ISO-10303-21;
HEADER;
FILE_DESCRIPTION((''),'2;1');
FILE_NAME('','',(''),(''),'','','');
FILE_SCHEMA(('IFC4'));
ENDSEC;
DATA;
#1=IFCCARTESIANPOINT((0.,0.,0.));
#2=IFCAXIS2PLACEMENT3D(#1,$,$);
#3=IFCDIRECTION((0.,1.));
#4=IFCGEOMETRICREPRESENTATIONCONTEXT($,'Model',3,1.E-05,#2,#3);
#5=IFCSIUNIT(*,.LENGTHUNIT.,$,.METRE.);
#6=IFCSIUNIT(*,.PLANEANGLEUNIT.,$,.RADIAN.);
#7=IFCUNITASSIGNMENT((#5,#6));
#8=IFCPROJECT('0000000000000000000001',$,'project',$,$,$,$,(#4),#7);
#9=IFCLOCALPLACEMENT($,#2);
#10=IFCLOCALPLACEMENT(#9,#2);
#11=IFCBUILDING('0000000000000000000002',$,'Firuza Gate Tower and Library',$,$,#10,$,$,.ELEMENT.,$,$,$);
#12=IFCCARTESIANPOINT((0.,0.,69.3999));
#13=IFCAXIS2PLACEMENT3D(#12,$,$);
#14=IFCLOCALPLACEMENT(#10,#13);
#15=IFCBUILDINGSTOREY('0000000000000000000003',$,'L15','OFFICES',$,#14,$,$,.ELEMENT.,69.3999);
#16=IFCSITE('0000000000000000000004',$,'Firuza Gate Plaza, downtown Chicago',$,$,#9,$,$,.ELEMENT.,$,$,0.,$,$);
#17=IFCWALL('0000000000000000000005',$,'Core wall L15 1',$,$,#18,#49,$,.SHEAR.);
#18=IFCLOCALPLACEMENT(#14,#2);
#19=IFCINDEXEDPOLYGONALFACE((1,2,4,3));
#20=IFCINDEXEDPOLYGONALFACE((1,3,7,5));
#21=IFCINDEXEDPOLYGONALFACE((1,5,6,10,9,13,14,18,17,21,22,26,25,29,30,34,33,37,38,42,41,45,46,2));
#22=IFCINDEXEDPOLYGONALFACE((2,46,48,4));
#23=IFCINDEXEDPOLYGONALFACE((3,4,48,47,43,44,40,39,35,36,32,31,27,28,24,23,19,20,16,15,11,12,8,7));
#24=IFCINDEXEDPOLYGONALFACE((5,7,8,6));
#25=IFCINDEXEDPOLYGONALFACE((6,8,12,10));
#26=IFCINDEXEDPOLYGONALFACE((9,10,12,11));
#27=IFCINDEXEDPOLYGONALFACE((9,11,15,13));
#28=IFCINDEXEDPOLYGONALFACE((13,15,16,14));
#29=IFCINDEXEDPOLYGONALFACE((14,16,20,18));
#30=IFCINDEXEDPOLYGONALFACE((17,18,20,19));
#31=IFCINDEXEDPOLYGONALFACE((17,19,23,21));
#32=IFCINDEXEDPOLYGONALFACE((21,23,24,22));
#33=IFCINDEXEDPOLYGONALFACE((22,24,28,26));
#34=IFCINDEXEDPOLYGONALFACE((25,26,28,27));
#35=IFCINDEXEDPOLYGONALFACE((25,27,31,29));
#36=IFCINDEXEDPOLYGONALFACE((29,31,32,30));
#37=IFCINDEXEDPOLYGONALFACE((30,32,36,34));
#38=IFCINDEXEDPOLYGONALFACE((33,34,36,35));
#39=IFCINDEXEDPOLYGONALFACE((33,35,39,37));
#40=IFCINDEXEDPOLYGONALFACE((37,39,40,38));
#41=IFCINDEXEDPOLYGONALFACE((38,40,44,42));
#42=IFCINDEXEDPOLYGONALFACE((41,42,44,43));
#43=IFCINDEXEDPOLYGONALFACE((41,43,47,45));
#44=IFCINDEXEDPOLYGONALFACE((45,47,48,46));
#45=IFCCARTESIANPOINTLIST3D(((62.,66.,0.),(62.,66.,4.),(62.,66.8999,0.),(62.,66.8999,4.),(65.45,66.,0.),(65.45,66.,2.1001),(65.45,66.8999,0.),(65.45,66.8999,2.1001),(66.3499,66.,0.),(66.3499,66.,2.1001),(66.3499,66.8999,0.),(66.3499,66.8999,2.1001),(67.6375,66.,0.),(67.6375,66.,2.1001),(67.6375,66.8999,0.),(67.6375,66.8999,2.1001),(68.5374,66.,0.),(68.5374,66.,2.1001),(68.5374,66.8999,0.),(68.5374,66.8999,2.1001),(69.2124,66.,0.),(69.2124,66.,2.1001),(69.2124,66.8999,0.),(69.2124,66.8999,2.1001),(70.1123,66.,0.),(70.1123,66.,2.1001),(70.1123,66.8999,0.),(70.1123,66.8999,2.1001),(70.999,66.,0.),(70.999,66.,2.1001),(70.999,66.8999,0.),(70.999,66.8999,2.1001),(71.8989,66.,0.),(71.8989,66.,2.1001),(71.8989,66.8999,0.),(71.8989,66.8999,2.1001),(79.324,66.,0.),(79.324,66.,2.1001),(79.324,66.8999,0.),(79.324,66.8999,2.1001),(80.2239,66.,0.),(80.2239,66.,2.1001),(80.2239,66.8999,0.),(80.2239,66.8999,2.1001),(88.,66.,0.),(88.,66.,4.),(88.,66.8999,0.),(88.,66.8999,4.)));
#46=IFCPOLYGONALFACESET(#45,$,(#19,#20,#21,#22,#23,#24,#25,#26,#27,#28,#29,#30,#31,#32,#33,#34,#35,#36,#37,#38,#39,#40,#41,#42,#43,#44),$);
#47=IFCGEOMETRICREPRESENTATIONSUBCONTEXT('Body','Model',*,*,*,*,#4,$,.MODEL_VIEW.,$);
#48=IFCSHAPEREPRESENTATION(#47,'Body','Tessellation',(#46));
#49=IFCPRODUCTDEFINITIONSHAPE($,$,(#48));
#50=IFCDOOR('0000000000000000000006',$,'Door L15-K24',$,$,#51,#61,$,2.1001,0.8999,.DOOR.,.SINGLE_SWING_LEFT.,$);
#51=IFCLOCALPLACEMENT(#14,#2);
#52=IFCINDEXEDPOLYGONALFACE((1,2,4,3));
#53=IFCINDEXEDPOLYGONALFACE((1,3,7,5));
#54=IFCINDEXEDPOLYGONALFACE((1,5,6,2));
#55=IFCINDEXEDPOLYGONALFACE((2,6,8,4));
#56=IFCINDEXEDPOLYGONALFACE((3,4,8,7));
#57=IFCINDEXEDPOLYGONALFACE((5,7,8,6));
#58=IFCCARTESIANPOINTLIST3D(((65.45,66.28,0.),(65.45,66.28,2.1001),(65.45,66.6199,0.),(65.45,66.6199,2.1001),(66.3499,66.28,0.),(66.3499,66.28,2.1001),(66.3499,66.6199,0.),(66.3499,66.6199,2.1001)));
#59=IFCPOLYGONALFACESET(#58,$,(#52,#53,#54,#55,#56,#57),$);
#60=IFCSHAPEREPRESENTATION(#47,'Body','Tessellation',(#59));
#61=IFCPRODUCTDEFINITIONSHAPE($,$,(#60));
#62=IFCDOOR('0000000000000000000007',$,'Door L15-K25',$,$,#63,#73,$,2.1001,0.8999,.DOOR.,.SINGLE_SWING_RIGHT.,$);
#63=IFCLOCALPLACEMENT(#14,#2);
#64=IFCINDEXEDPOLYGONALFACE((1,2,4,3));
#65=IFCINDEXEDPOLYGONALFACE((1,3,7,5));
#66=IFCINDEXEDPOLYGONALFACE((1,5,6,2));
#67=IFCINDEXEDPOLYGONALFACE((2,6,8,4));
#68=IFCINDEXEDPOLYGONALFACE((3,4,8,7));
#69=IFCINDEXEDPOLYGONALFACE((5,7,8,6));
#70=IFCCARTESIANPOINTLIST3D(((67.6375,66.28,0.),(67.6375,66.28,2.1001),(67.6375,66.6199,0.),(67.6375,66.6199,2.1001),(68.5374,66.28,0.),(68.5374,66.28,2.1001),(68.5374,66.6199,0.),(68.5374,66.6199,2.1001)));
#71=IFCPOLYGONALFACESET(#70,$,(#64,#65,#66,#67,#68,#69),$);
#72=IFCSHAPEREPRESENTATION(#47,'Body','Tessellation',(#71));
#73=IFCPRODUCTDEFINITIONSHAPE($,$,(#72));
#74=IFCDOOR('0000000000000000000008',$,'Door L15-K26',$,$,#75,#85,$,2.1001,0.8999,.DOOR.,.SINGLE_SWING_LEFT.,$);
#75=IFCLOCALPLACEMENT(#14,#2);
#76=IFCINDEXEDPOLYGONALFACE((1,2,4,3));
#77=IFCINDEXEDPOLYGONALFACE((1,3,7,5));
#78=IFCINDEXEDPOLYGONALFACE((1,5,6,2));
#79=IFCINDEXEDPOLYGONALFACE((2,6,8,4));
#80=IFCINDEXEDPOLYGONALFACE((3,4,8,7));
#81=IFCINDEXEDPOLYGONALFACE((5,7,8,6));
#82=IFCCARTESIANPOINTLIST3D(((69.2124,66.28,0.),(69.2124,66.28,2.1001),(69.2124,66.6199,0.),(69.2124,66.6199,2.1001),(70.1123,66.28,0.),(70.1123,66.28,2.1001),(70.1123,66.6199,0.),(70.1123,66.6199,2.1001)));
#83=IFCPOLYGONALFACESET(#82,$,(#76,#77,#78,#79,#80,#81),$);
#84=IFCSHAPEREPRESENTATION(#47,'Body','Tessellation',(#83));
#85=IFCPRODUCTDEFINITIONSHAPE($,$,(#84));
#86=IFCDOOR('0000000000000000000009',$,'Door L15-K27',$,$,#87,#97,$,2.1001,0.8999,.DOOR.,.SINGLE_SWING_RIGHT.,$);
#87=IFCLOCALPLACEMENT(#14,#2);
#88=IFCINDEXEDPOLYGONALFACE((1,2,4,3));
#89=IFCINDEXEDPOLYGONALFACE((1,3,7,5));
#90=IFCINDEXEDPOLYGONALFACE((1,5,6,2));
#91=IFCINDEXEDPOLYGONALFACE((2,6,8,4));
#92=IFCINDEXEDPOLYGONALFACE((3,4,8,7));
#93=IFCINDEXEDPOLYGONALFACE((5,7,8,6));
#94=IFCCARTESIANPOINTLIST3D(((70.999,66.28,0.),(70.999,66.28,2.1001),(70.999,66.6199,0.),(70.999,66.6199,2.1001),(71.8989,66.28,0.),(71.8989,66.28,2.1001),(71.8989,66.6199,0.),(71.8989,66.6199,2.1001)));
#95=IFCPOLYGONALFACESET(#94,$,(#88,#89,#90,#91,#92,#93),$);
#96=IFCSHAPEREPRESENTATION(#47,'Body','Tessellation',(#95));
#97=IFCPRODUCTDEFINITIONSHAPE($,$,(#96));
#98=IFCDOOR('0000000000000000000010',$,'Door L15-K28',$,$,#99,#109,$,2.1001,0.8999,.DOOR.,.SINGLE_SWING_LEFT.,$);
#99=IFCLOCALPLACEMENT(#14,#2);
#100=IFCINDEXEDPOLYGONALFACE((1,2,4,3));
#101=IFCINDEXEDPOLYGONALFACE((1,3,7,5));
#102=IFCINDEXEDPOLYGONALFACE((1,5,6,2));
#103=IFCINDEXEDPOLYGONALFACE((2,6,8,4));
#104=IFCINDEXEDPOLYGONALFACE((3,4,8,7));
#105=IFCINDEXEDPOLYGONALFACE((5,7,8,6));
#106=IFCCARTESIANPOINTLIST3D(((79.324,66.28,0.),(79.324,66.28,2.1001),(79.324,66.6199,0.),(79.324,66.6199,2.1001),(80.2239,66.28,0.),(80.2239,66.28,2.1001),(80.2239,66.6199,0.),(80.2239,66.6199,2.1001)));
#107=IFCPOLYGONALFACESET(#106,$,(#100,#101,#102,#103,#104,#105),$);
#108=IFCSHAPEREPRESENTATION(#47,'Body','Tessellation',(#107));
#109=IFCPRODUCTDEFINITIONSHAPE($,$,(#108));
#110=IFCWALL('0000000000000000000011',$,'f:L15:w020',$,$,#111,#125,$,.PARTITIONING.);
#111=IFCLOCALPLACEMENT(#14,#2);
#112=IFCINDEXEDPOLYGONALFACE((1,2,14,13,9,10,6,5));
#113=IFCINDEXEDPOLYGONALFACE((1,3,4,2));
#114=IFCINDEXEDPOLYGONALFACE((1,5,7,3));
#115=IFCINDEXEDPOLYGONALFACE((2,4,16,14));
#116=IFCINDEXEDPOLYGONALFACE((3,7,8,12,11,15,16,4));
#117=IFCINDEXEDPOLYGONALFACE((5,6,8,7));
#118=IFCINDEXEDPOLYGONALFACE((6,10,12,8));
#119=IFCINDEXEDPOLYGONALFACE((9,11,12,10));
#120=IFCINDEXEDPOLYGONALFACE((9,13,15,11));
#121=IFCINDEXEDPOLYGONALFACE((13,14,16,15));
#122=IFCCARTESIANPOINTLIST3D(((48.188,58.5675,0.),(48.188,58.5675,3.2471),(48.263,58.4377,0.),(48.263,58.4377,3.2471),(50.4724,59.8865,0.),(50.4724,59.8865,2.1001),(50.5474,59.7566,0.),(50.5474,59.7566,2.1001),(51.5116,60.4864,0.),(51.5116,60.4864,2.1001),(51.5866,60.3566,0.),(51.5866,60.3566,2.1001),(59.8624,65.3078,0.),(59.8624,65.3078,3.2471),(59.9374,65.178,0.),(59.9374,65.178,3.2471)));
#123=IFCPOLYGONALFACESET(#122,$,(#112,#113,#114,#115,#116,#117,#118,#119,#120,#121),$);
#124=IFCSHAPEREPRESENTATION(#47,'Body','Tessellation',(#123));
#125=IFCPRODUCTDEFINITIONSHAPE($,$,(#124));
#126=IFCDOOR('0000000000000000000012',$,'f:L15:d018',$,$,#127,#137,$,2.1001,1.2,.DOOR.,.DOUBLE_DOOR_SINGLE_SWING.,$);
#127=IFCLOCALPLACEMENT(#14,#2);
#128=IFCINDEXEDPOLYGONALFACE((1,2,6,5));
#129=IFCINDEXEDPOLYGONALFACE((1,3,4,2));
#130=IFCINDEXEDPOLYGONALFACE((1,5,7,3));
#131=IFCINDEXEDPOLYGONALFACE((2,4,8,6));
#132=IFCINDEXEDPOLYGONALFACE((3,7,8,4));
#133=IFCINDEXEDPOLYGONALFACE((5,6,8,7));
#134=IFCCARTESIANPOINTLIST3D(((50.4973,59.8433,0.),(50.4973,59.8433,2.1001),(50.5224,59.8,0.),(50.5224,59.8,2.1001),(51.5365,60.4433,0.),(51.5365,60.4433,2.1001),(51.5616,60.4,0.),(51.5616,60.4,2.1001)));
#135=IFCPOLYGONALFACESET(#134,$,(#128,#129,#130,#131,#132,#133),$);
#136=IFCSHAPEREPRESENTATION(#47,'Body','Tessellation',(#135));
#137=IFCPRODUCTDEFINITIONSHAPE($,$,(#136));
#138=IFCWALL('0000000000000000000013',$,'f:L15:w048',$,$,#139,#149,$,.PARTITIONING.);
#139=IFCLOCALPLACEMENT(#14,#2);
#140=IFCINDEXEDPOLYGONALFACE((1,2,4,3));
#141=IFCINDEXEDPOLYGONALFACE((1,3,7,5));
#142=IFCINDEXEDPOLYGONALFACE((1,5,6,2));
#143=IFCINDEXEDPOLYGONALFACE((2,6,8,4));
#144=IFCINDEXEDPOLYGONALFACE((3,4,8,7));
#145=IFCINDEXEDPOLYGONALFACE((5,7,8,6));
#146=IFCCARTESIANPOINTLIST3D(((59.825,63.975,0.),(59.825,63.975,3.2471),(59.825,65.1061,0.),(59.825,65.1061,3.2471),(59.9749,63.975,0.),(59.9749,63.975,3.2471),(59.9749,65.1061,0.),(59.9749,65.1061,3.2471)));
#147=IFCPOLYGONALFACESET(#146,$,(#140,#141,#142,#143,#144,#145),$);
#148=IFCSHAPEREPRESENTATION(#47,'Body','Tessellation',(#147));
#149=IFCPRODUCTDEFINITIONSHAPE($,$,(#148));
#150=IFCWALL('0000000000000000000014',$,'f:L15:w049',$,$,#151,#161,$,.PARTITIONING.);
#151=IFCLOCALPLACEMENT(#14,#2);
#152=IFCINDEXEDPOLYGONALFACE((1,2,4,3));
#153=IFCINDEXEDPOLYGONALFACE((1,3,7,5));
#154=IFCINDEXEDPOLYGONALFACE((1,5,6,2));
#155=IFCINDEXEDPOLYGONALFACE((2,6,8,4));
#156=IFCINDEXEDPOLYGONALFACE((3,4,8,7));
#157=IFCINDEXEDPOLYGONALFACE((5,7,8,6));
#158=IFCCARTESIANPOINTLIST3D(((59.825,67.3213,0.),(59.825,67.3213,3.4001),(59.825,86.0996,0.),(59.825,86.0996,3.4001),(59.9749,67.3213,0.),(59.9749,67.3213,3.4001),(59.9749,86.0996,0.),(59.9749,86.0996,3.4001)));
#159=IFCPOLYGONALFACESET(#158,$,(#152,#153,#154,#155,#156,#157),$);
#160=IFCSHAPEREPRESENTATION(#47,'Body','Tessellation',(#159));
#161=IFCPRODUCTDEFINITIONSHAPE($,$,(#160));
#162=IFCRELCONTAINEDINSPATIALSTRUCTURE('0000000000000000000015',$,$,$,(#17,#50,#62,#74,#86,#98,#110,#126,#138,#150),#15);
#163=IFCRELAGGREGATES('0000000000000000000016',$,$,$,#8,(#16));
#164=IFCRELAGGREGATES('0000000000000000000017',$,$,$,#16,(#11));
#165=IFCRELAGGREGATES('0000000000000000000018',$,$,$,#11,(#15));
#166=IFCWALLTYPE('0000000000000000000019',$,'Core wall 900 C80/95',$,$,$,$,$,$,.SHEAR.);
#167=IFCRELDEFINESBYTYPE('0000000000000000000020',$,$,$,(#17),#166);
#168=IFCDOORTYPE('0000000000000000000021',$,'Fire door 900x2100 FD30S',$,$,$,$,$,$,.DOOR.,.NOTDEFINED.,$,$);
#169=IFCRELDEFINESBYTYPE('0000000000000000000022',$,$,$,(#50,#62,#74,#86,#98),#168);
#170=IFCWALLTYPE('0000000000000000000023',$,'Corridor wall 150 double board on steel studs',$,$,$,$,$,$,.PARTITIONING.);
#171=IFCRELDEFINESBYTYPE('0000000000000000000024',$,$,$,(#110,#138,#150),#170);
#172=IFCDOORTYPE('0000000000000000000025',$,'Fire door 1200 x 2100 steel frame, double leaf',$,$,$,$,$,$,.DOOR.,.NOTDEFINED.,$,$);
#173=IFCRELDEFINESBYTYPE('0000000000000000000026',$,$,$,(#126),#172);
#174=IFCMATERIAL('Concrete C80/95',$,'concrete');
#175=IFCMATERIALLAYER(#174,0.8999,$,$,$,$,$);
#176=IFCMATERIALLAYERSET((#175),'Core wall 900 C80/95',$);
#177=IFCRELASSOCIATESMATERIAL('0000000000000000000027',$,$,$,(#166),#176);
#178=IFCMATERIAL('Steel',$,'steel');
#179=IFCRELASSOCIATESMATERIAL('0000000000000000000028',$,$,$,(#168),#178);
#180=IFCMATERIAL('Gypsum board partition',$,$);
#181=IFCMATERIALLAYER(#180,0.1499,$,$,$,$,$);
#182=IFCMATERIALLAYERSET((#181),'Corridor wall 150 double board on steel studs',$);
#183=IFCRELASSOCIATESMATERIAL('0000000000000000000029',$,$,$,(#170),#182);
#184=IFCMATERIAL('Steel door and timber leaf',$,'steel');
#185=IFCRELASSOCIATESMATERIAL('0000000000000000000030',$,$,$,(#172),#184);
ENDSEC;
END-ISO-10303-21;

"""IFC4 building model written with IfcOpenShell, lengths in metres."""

from ifc_helpers import new_model, si_unit, direction, frame, frame_2d, origin, place, context, subcontext, project, spatial, rectangle, extrude, material, layer, layer_set, type_object, element, fill, save


model = new_model("IFC4")

# Units and contexts
model_context = context("Model", 3, precision=1e-05, world=origin(), true_north=direction((0.0, 1.0)))
body_context = subcontext(model_context, "Body", "Model", "MODEL_VIEW")
ifc_project = project(units=[si_unit("LENGTHUNIT", "METRE"), si_unit("PLANEANGLEUNIT", "RADIAN")], contexts=[model_context])

# Site, building, storey
site_placement = place(None, origin())
site = spatial("IfcSite", under=ifc_project, at=site_placement, Name="Firuza Gate Plaza, downtown Chicago", CompositionType="ELEMENT", RefElevation=0.0)
building_placement = place(site_placement, origin())
building = spatial("IfcBuilding", under=site, at=building_placement, Name="Firuza Gate Tower and Library", CompositionType="ELEMENT")
storey_placement = place(building_placement, frame((0.0, 0.0, 69.3999)))
storey = spatial("IfcBuildingStorey", under=building, at=storey_placement, Name="L15", Description="OFFICES", CompositionType="ELEMENT", Elevation=69.3999)

# Wall, openings, doors
ifc_material_1 = material(Name="Concrete C80/95", Category="concrete")
ifc_layer_1 = layer(ifc_material_1, 0.8999)
ifc_layer_set_1 = layer_set([ifc_layer_1], Name="Core wall 900 C80/95")
wall_type_1 = type_object("IfcWallType", Name="Core wall 900 C80/95", PredefinedType="SHEAR", material=ifc_layer_set_1)
wall_1_placement = place(storey_placement, frame((62.0, 66.45, 0.0), z_axis=(0.0, 0.0, 1.0), x_axis=(1.0, 0.0, 0.0)))
wall_1 = element("IfcWall", 1, at=wall_1_placement, inside=storey, type_object=wall_type_1, Name="Core wall L15 1", PredefinedType="SHEAR", context=body_context, shape_type="SweptSolid", body=[
    extrude(rectangle(XDim=26.0, YDim=0.8999, at=frame_2d((13.0, 0.0))), origin(), (0.0, 0.0, 1.0), 4.0),
])
opening_1_placement = place(wall_1_placement, frame((3.45, 0.0, 0.0)))
opening_1 = element("IfcOpeningElement", 2, at=opening_1_placement, cuts=wall_1, PredefinedType="OPENING", context=body_context, shape_type="SweptSolid", body=[
    extrude(rectangle(XDim=0.8999, YDim=2.1001, at=frame_2d((0.45, 1.05))), frame((0.0, 0.46, 0.0), z_axis=(0.0, -1.0, 0.0), x_axis=(1.0, 0.0, 0.0)), (0.0, 0.0, 1.0), 0.9199),
])
opening_2_placement = place(wall_1_placement, frame((5.6375, 0.0, 0.0)))
opening_2 = element("IfcOpeningElement", 3, at=opening_2_placement, cuts=wall_1, PredefinedType="OPENING", context=body_context, shape_type="SweptSolid", body=[
    extrude(rectangle(XDim=0.8999, YDim=2.1001, at=frame_2d((0.45, 1.05))), frame((0.0, 0.46, 0.0), z_axis=(0.0, -1.0, 0.0), x_axis=(1.0, 0.0, 0.0)), (0.0, 0.0, 1.0), 0.9199),
])
opening_3_placement = place(wall_1_placement, frame((7.2124, 0.0, 0.0)))
opening_3 = element("IfcOpeningElement", 4, at=opening_3_placement, cuts=wall_1, PredefinedType="OPENING", context=body_context, shape_type="SweptSolid", body=[
    extrude(rectangle(XDim=0.8999, YDim=2.1001, at=frame_2d((0.45, 1.05))), frame((0.0, 0.46, 0.0), z_axis=(0.0, -1.0, 0.0), x_axis=(1.0, 0.0, 0.0)), (0.0, 0.0, 1.0), 0.9199),
])
opening_4_placement = place(wall_1_placement, frame((8.999, 0.0, 0.0)))
opening_4 = element("IfcOpeningElement", 5, at=opening_4_placement, cuts=wall_1, PredefinedType="OPENING", context=body_context, shape_type="SweptSolid", body=[
    extrude(rectangle(XDim=0.8999, YDim=2.1001, at=frame_2d((0.45, 1.05))), frame((0.0, 0.46, 0.0), z_axis=(0.0, -1.0, 0.0), x_axis=(1.0, 0.0, 0.0)), (0.0, 0.0, 1.0), 0.9199),
])
opening_5_placement = place(wall_1_placement, frame((17.324, 0.0, 0.0)))
opening_5 = element("IfcOpeningElement", 6, at=opening_5_placement, cuts=wall_1, PredefinedType="OPENING", context=body_context, shape_type="SweptSolid", body=[
    extrude(rectangle(XDim=0.8999, YDim=2.1001, at=frame_2d((0.45, 1.05))), frame((0.0, 0.46, 0.0), z_axis=(0.0, -1.0, 0.0), x_axis=(1.0, 0.0, 0.0)), (0.0, 0.0, 1.0), 0.9199),
])
ifc_material_2 = material(Name="Steel", Category="steel")
door_type_1 = type_object("IfcDoorType", Name="Fire door 900x2100 FD30S", OperationType="NOTDEFINED", PredefinedType="DOOR", material=ifc_material_2)
door_1_placement = place(opening_1_placement, origin())
door_1 = element("IfcDoor", 7, at=door_1_placement, inside=storey, type_object=door_type_1, Name="Door L15-K24", OperationType="SINGLE_SWING_LEFT", OverallHeight=2.1001, OverallWidth=0.8999, PredefinedType="DOOR", context=body_context, shape_type="SweptSolid", body=[
    extrude(rectangle(XDim=0.8999, YDim=2.1001, at=frame_2d((0.45, 1.05))), frame((0.0, 0.1699, 0.0), z_axis=(0.0, -1.0, 0.0), x_axis=(1.0, 0.0, 0.0)), (0.0, 0.0, 1.0), 0.3398),
])
fill(opening_1, door_1)
door_2_placement = place(opening_2_placement, origin())
door_2 = element("IfcDoor", 8, at=door_2_placement, inside=storey, type_object=door_type_1, Name="Door L15-K25", OperationType="SINGLE_SWING_RIGHT", OverallHeight=2.1001, OverallWidth=0.8999, PredefinedType="DOOR", context=body_context, shape_type="SweptSolid", body=[
    extrude(rectangle(XDim=0.8999, YDim=2.1001, at=frame_2d((0.45, 1.05))), frame((0.0, 0.1699, 0.0), z_axis=(0.0, -1.0, 0.0), x_axis=(1.0, 0.0, 0.0)), (0.0, 0.0, 1.0), 0.3398),
])
fill(opening_2, door_2)
door_3_placement = place(opening_3_placement, origin())
door_3 = element("IfcDoor", 9, at=door_3_placement, inside=storey, type_object=door_type_1, Name="Door L15-K26", OperationType="SINGLE_SWING_LEFT", OverallHeight=2.1001, OverallWidth=0.8999, PredefinedType="DOOR", context=body_context, shape_type="SweptSolid", body=[
    extrude(rectangle(XDim=0.8999, YDim=2.1001, at=frame_2d((0.45, 1.05))), frame((0.0, 0.1699, 0.0), z_axis=(0.0, -1.0, 0.0), x_axis=(1.0, 0.0, 0.0)), (0.0, 0.0, 1.0), 0.3398),
])
fill(opening_3, door_3)
door_4_placement = place(opening_4_placement, origin())
door_4 = element("IfcDoor", 10, at=door_4_placement, inside=storey, type_object=door_type_1, Name="Door L15-K27", OperationType="SINGLE_SWING_RIGHT", OverallHeight=2.1001, OverallWidth=0.8999, PredefinedType="DOOR", context=body_context, shape_type="SweptSolid", body=[
    extrude(rectangle(XDim=0.8999, YDim=2.1001, at=frame_2d((0.45, 1.05))), frame((0.0, 0.1699, 0.0), z_axis=(0.0, -1.0, 0.0), x_axis=(1.0, 0.0, 0.0)), (0.0, 0.0, 1.0), 0.3398),
])
fill(opening_4, door_4)
door_5_placement = place(opening_5_placement, origin())
door_5 = element("IfcDoor", 11, at=door_5_placement, inside=storey, type_object=door_type_1, Name="Door L15-K28", OperationType="SINGLE_SWING_LEFT", OverallHeight=2.1001, OverallWidth=0.8999, PredefinedType="DOOR", context=body_context, shape_type="SweptSolid", body=[
    extrude(rectangle(XDim=0.8999, YDim=2.1001, at=frame_2d((0.45, 1.05))), frame((0.0, 0.1699, 0.0), z_axis=(0.0, -1.0, 0.0), x_axis=(1.0, 0.0, 0.0)), (0.0, 0.0, 1.0), 0.3398),
])
fill(opening_5, door_5)

# Wall, opening, door
ifc_material_3 = material(Name="Gypsum board partition")
ifc_layer_2 = layer(ifc_material_3, 0.1499)
ifc_layer_set_2 = layer_set([ifc_layer_2], Name="Corridor wall 150 double board on steel studs")
wall_type_2 = type_object("IfcWallType", Name="Corridor wall 150 double board on steel studs", PredefinedType="PARTITIONING", material=ifc_layer_set_2)
wall_2_placement = place(storey_placement, frame((59.8999, 65.2429, 0.0), z_axis=(0.0, 0.0, 1.0), x_axis=(-0.866023, -0.500004, 0.0)))
wall_2 = element("IfcWall", 12, at=wall_2_placement, inside=storey, type_object=wall_type_2, Name="f:L15:w020", PredefinedType="PARTITIONING", context=body_context, shape_type="SweptSolid", body=[
    extrude(rectangle(XDim=13.4805, YDim=0.1499, at=frame_2d((6.7402, 0.0))), origin(), (0.0, 0.0, 1.0), 3.2471),
])
opening_6_placement = place(wall_2_placement, frame((9.6426, 0.0, 0.0)))
opening_6 = element("IfcOpeningElement", 13, at=opening_6_placement, cuts=wall_2, PredefinedType="OPENING", context=body_context, shape_type="SweptSolid", body=[
    extrude(rectangle(XDim=1.2, YDim=2.1001, at=frame_2d((0.6001, 1.05))), frame((0.0, 0.085, 0.0), z_axis=(0.0, -1.0, 0.0), x_axis=(1.0, 0.0, 0.0)), (0.0, 0.0, 1.0), 0.1699),
])
ifc_material_4 = material(Name="Steel door and timber leaf", Category="steel")
door_type_2 = type_object("IfcDoorType", Name="Fire door 1200 x 2100 steel frame, double leaf", OperationType="NOTDEFINED", PredefinedType="DOOR", material=ifc_material_4)
door_6_placement = place(opening_6_placement, origin())
door_6 = element("IfcDoor", 14, at=door_6_placement, inside=storey, type_object=door_type_2, Name="f:L15:d018", OperationType="DOUBLE_DOOR_SINGLE_SWING", OverallHeight=2.1001, OverallWidth=1.2, PredefinedType="DOOR", context=body_context, shape_type="SweptSolid", body=[
    extrude(rectangle(XDim=1.2, YDim=2.1001, at=frame_2d((0.6001, 1.05))), frame((0.0, 0.0249, 0.0), z_axis=(0.0, -1.0, 0.0), x_axis=(1.0, 0.0, 0.0)), (0.0, 0.0, 1.0), 0.05),
])
fill(opening_6, door_6)

# Walls
wall_3_placement = place(storey_placement, frame((59.8999, 63.9751, 0.0), z_axis=(0.0, 0.0, 1.0), x_axis=(0.0, 1.0, 0.0)))
element("IfcWall", 15, at=wall_3_placement, inside=storey, type_object=wall_type_2, Name="f:L15:w048", PredefinedType="PARTITIONING", context=body_context, shape_type="SweptSolid", body=[
    extrude(rectangle(XDim=1.1311, YDim=0.1499, at=frame_2d((0.5654, 0.0))), origin(), (0.0, 0.0, 1.0), 3.2471),
])
wall_4_placement = place(storey_placement, frame((59.8999, 67.3213, 0.0), z_axis=(0.0, 0.0, 1.0), x_axis=(0.0, 1.0, 0.0)))
element("IfcWall", 16, at=wall_4_placement, inside=storey, type_object=wall_type_2, Name="f:L15:w049", PredefinedType="PARTITIONING", context=body_context, shape_type="SweptSolid", body=[
    extrude(rectangle(XDim=18.7783, YDim=0.1499, at=frame_2d((9.3892, 0.0))), origin(), (0.0, 0.0, 1.0), 3.4001),
])

save(model, "model.ifc")
